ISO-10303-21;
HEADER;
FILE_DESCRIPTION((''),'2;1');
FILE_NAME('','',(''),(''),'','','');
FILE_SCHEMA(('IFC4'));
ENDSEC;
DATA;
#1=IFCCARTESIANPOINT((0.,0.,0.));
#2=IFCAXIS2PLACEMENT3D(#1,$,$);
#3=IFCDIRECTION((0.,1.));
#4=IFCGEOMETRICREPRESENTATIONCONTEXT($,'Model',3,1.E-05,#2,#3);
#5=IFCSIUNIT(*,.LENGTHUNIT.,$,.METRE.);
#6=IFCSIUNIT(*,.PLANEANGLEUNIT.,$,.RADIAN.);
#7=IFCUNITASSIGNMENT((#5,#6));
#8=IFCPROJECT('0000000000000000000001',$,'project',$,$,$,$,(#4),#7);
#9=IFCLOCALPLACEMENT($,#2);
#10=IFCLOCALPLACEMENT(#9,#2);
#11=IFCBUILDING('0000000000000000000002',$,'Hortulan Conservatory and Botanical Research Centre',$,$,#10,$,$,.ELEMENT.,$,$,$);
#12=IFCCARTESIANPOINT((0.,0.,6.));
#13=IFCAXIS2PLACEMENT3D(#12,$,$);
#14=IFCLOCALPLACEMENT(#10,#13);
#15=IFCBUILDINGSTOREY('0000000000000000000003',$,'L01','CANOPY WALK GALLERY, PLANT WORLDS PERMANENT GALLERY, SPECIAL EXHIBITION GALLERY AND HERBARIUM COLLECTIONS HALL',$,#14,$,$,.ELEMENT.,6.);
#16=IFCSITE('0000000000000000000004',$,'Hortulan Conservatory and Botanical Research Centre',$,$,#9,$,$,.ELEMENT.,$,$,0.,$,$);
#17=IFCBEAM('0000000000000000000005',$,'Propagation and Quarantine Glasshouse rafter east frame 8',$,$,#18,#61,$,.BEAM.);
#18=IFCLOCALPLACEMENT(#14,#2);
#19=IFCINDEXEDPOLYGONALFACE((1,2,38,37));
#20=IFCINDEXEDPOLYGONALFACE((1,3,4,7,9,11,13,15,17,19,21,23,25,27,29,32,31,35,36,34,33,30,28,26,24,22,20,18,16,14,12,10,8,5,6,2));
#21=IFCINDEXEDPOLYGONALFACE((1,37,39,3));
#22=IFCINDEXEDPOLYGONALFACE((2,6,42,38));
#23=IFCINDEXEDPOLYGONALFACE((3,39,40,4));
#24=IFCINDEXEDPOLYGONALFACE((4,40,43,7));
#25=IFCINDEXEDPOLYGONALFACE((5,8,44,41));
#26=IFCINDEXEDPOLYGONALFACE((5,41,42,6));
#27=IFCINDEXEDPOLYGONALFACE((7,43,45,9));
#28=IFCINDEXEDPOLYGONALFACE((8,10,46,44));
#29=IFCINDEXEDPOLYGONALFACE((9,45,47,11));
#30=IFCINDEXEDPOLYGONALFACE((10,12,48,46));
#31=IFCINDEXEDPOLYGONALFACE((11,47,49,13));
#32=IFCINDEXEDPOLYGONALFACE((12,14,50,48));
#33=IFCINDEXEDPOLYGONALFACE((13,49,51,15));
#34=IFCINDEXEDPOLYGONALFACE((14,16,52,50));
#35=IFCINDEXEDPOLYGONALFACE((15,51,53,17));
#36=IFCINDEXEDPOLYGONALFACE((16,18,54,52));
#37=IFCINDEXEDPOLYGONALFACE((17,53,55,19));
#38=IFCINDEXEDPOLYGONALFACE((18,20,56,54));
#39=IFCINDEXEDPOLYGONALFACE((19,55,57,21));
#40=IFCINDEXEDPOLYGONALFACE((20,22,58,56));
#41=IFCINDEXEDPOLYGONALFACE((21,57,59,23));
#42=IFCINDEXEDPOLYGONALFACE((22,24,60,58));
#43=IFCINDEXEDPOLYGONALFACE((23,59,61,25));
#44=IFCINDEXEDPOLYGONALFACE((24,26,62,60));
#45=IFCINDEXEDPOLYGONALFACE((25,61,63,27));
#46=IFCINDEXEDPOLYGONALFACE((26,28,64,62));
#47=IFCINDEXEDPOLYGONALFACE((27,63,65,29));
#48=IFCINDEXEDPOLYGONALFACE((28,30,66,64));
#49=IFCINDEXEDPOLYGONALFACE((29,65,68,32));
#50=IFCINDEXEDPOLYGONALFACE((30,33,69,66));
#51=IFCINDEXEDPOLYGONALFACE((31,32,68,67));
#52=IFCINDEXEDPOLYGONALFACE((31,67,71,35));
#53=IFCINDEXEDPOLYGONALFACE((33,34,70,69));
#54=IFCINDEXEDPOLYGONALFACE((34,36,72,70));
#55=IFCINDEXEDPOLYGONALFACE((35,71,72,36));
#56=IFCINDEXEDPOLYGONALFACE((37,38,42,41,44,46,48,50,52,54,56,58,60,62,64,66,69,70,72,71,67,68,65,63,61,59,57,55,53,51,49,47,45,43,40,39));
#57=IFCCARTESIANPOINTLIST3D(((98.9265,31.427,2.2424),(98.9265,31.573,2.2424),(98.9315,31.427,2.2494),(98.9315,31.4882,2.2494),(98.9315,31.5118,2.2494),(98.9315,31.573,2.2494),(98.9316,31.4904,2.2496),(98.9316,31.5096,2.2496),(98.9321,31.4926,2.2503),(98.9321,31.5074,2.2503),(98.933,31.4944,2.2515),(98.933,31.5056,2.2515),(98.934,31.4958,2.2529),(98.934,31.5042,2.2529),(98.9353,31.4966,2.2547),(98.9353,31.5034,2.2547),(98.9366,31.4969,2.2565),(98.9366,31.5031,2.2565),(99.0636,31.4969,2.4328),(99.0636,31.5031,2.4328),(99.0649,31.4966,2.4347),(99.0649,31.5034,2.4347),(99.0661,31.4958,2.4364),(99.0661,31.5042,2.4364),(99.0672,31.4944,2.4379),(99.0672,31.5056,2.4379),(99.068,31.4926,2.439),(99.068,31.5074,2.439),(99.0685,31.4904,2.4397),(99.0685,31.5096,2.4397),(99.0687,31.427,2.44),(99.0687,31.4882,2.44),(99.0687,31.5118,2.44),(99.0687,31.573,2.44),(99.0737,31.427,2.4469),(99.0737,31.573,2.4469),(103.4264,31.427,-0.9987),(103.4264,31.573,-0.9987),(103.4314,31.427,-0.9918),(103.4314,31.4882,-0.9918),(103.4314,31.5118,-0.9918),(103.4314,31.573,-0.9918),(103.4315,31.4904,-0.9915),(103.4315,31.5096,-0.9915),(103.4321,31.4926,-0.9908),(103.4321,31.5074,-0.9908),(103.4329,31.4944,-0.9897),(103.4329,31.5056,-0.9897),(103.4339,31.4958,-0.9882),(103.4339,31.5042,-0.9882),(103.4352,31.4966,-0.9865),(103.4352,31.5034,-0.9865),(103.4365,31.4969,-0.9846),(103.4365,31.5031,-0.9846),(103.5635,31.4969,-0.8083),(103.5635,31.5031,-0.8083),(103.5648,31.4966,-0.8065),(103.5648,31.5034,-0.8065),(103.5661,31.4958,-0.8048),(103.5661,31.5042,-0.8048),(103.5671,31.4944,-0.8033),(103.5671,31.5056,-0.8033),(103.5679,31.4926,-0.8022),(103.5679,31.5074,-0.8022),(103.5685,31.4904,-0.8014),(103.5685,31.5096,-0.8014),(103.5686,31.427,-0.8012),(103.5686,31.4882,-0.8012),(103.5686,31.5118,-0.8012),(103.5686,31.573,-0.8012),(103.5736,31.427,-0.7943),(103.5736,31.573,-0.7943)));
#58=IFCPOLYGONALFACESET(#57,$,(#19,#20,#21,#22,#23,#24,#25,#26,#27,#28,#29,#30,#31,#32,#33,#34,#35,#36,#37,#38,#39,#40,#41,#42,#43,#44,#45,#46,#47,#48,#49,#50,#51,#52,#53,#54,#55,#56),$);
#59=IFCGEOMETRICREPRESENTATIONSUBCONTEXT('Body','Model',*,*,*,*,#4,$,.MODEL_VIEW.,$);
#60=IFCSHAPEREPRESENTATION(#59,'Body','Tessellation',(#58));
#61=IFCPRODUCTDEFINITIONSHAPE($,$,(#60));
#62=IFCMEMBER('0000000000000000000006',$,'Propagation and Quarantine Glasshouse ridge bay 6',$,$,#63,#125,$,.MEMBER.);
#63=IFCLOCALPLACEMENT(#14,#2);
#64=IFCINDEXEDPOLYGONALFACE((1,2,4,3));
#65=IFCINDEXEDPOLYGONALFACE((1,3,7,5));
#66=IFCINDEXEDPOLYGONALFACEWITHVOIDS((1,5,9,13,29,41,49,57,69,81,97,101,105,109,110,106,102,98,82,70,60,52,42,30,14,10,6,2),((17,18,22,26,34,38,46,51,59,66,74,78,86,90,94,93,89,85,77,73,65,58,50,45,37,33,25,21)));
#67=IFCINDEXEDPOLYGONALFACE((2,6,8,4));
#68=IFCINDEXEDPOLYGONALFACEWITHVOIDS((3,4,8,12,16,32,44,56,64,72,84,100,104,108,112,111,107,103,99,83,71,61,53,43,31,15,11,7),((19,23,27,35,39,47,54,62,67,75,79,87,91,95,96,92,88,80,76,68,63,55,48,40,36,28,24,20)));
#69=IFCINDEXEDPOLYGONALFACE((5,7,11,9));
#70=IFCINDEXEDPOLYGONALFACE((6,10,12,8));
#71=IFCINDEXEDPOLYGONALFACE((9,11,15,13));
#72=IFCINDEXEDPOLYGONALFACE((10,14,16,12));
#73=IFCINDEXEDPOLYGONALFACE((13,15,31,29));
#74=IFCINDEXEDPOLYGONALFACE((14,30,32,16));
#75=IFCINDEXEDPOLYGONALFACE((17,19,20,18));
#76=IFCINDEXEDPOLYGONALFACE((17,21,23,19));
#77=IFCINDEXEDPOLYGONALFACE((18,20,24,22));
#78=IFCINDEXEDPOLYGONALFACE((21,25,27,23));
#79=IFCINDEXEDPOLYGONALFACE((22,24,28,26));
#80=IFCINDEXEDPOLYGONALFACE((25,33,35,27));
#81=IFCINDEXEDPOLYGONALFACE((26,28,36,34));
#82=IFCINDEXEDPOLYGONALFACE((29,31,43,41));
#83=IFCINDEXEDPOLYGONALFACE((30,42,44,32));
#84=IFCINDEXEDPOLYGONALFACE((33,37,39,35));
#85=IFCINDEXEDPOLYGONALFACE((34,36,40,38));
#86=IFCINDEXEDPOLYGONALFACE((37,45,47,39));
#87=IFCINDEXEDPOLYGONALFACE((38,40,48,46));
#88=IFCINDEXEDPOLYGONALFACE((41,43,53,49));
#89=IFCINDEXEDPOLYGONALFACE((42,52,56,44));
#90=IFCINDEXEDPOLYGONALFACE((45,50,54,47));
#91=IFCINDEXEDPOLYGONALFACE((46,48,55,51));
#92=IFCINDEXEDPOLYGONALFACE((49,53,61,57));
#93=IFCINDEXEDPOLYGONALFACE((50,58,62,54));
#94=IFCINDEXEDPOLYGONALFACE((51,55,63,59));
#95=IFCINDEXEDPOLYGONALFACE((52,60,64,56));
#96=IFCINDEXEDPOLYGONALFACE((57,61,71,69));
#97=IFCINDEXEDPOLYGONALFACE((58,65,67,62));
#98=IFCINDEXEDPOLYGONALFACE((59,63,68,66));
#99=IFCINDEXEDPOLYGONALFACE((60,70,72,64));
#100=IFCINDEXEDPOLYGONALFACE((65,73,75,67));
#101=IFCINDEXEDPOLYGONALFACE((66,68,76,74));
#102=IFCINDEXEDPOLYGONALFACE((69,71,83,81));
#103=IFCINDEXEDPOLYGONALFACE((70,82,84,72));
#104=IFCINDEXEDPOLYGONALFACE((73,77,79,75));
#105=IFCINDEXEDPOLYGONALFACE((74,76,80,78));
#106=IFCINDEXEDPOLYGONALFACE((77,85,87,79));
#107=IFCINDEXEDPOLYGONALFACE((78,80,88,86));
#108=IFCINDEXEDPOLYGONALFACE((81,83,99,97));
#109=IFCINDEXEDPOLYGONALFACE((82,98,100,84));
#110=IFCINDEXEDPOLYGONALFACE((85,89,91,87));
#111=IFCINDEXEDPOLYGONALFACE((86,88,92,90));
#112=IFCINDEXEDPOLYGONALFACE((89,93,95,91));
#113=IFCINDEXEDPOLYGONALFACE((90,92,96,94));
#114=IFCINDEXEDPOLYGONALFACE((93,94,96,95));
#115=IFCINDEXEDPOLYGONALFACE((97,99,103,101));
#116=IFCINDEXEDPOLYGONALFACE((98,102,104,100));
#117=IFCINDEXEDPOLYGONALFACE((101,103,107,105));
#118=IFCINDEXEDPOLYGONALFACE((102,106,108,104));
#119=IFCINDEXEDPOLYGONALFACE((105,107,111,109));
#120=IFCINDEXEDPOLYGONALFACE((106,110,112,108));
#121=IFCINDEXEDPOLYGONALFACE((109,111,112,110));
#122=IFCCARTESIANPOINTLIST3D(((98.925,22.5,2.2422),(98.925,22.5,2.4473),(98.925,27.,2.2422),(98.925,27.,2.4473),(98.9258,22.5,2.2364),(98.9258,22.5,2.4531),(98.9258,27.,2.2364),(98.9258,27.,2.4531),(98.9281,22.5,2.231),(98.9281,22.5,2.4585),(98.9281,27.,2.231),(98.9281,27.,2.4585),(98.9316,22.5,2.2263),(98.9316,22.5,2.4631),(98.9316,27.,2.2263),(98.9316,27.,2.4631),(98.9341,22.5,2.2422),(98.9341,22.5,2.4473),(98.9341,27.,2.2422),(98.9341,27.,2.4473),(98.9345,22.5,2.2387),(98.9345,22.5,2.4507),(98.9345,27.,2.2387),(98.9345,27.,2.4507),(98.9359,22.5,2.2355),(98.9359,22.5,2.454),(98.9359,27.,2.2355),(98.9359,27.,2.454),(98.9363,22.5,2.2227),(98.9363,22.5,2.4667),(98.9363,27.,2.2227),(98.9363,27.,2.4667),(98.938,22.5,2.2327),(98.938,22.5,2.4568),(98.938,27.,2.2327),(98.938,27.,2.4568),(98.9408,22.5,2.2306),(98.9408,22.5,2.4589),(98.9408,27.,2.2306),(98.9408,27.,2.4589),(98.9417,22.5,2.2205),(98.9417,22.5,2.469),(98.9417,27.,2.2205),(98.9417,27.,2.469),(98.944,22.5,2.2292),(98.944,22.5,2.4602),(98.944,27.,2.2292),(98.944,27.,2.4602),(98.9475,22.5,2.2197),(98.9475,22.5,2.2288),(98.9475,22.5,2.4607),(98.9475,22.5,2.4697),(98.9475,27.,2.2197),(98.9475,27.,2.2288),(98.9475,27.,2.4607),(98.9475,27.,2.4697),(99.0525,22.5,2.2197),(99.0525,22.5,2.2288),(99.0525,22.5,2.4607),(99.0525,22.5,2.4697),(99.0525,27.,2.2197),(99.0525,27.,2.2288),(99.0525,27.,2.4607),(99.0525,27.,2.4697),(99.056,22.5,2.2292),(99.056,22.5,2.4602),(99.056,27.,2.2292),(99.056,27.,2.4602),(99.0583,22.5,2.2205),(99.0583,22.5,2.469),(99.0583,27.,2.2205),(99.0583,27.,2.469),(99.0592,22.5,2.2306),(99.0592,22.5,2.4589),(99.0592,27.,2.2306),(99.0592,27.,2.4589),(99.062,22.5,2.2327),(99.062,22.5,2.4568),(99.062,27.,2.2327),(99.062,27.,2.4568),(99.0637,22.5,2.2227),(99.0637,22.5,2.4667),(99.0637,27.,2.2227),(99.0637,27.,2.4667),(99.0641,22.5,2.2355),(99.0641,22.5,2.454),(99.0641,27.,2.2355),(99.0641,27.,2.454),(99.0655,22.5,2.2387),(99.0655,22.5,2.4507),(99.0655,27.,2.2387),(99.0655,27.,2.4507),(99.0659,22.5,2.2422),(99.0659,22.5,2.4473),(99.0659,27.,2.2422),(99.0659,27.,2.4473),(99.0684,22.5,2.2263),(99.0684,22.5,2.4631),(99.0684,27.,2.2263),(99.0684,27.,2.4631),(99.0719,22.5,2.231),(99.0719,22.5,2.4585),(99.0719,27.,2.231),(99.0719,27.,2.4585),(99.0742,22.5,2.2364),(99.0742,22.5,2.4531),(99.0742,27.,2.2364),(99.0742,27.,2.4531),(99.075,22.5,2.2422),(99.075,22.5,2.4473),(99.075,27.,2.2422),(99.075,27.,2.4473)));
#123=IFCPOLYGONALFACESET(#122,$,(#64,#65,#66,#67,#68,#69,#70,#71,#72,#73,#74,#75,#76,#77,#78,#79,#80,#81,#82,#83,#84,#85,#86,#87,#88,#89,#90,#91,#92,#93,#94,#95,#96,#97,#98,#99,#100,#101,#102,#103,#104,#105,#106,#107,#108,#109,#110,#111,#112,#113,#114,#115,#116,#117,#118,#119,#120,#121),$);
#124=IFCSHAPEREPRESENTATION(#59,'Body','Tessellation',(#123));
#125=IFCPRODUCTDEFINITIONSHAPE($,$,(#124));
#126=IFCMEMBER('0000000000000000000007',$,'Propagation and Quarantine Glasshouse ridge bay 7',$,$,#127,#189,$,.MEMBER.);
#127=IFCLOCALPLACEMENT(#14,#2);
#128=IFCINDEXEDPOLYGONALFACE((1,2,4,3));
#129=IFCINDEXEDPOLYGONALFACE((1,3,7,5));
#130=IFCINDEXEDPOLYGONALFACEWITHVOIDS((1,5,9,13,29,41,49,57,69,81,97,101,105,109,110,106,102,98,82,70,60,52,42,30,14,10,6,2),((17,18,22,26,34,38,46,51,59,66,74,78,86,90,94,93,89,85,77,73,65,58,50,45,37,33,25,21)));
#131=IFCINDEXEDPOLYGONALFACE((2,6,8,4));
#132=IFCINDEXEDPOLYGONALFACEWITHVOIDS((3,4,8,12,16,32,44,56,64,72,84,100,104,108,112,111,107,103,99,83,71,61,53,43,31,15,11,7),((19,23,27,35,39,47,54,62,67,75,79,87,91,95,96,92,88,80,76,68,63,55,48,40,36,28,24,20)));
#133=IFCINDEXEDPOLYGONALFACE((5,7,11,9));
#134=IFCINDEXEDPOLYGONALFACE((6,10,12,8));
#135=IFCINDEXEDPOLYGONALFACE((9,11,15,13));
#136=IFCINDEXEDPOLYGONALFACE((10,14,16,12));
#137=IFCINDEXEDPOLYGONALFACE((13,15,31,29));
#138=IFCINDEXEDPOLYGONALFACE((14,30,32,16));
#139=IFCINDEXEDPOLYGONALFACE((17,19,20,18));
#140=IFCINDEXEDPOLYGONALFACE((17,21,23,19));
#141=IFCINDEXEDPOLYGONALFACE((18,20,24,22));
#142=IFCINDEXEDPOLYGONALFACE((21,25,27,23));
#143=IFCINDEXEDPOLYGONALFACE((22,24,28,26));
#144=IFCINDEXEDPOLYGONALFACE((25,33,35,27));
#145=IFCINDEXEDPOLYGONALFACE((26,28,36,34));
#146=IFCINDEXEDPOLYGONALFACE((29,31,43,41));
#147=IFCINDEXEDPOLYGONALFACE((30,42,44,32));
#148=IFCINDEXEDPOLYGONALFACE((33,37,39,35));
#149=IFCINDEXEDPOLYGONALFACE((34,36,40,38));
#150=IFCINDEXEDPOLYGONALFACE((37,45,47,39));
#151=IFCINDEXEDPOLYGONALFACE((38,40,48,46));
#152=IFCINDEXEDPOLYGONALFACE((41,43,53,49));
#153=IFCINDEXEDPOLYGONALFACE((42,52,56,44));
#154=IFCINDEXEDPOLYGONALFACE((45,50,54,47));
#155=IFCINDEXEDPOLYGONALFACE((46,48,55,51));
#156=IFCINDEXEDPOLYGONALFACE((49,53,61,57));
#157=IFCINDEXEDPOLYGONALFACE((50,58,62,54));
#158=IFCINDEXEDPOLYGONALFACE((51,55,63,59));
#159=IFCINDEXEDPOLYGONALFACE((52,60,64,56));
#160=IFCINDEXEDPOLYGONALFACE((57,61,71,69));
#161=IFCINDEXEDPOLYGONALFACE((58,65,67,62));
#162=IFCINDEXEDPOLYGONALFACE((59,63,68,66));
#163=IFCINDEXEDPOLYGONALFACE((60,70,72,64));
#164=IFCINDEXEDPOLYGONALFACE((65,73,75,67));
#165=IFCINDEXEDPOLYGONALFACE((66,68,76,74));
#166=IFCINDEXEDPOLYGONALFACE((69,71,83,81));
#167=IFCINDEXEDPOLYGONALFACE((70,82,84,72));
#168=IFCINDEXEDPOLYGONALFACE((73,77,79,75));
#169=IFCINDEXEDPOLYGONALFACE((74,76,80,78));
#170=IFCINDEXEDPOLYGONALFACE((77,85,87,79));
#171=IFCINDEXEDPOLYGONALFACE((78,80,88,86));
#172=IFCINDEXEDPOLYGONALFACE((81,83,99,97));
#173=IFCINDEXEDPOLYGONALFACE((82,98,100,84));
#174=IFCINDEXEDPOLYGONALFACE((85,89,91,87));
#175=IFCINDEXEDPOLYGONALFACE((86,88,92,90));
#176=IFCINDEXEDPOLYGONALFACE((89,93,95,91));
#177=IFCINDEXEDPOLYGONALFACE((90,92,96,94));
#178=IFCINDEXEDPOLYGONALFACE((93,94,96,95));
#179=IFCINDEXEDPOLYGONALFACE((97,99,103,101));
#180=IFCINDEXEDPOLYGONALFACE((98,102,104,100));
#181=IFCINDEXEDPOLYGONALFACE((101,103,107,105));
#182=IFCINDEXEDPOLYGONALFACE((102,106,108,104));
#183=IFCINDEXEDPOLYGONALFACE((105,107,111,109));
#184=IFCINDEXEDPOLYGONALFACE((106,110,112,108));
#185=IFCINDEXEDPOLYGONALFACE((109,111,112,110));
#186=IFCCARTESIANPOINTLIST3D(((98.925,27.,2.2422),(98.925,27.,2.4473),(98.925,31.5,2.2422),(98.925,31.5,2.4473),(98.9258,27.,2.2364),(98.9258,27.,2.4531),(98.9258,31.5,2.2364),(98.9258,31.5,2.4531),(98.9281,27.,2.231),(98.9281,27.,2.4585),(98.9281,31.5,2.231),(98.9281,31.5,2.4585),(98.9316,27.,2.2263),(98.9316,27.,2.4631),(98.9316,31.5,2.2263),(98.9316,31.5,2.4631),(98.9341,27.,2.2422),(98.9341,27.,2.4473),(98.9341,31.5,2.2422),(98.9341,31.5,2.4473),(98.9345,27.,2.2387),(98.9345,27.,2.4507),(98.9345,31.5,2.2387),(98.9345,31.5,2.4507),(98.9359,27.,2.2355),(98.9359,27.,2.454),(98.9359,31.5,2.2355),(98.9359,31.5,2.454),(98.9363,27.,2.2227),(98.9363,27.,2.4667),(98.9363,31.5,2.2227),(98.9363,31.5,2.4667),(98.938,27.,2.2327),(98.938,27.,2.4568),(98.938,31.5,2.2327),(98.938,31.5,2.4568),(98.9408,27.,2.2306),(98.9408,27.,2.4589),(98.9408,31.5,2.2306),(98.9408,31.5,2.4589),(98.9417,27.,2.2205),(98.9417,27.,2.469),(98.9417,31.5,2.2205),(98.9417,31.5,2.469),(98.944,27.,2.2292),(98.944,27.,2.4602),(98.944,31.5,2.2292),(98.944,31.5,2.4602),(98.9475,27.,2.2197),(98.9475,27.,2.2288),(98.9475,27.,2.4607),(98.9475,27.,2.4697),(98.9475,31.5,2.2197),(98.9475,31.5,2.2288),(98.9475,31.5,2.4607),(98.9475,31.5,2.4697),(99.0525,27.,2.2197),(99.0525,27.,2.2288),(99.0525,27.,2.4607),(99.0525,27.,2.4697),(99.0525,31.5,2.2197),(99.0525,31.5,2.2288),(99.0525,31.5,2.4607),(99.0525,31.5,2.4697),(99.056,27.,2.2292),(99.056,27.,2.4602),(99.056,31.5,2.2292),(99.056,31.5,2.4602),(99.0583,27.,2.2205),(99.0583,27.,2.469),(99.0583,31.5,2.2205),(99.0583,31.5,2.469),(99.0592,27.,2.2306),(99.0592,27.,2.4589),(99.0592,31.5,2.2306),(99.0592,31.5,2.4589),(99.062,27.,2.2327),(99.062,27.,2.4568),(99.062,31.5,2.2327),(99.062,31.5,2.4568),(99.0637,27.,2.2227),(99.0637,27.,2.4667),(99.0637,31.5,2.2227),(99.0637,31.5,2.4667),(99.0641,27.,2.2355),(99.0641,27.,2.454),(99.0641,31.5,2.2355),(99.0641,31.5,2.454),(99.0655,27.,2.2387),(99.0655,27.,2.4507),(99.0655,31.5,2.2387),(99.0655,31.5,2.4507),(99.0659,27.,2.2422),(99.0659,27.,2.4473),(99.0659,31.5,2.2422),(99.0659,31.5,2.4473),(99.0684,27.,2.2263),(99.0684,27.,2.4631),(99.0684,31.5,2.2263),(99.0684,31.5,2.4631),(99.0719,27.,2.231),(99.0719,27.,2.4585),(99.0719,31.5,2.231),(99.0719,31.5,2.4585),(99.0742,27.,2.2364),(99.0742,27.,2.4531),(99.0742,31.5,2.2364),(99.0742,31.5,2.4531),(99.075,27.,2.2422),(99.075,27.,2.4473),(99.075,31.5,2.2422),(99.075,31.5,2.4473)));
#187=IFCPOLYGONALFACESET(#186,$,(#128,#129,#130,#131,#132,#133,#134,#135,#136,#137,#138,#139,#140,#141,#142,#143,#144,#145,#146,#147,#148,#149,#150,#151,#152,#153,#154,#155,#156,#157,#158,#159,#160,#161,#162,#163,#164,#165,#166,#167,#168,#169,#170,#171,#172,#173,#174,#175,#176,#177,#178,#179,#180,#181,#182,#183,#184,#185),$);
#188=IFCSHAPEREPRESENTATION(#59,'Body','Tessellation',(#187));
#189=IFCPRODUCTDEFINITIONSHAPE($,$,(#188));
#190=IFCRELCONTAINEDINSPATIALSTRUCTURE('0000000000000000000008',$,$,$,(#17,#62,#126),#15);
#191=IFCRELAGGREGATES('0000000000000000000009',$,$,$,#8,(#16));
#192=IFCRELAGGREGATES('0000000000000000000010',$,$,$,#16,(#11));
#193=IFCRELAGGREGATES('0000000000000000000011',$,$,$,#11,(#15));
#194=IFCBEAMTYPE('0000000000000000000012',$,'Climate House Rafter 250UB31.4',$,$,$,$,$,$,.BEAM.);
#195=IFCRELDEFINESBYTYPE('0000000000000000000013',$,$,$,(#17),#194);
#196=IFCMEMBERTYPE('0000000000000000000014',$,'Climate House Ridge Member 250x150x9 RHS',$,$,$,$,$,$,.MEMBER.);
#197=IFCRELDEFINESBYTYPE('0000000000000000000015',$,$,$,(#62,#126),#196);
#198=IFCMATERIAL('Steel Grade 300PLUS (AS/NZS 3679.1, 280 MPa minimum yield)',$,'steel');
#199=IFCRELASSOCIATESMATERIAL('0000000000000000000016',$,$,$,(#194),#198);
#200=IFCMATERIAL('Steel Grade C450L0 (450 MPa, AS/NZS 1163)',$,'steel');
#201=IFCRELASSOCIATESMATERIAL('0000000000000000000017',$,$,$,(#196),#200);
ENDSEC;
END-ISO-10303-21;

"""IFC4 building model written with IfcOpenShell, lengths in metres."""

from ifc_helpers import new_model, si_unit, direction, frame, origin, origin_2d, place, context, subcontext, project, spatial, hollow_rectangle, i_section, extrude, material, material_profile, profile_set, type_object, element, save


model = new_model("IFC4")

# Units and contexts
model_context = context("Model", 3, precision=1e-05, world=origin(), true_north=direction((0.0, 1.0)))
body_context = subcontext(model_context, "Body", "Model", "MODEL_VIEW")
ifc_project = project(units=[si_unit("LENGTHUNIT", "METRE"), si_unit("PLANEANGLEUNIT", "RADIAN")], contexts=[model_context])

# Site, building, storey
site_placement = place(None, origin())
site = spatial("IfcSite", under=ifc_project, at=site_placement, Name="Hortulan Conservatory and Botanical Research Centre", CompositionType="ELEMENT", RefElevation=0.0)
building_placement = place(site_placement, origin())
building = spatial("IfcBuilding", under=site, at=building_placement, Name="Hortulan Conservatory and Botanical Research Centre", CompositionType="ELEMENT")
storey_placement = place(building_placement, frame((0.0, 0.0, 6.0)))
storey = spatial("IfcBuildingStorey", under=building, at=storey_placement, Name="L01", Description="CANOPY WALK GALLERY, PLANT WORLDS PERMANENT GALLERY, SPECIAL EXHIBITION GALLERY AND HERBARIUM COLLECTIONS HALL", CompositionType="ELEMENT", Elevation=6.0)

# Shared definitions
ifc_material_1 = material(Name="Steel Grade 300PLUS (AS/NZS 3679.1, 280 MPa minimum yield)", Category="steel")

# Shared definitions
ifc_material_2 = material(Name="Steel Grade C450L0 (450 MPa, AS/NZS 1163)", Category="steel")

# Beam
ifc_material_profile_1 = material_profile(ifc_material_1, i_section(OverallWidth=0.146, OverallDepth=0.252, WebThickness=0.0061, FlangeThickness=0.0085, FilletRadius=0.0088, at=origin_2d()), Name="250UB31.4")
ifc_profile_set_1 = profile_set([ifc_material_profile_1], Name="Steel Grade 300PLUS (AS/NZS 3679.1, 280 MPa minimum yield)")
beam_type_1 = type_object("IfcBeamType", Name="Climate House Rafter 250UB31.4", PredefinedType="BEAM", material=ifc_profile_set_1)
for number, where, z_axis, x_axis, name in (
    (1, (103.5, 31.5, -0.8965), (-0.811431, 0.0, 0.584449), (0.0, -1.0, 0.0), "Propagation and Quarantine Glasshouse rafter east frame 8"),
):
    element("IfcBeam", number, at=place(storey_placement, frame(where, z_axis=z_axis, x_axis=x_axis)), inside=storey, type_object=beam_type_1, Name=name, PredefinedType="BEAM", context=body_context, shape_type="SweptSolid", body=[
        extrude(i_section(OverallWidth=0.146, OverallDepth=0.252, WebThickness=0.0061, FlangeThickness=0.0085, FilletRadius=0.0088, at=origin_2d()), origin(), (0.0, 0.0, 1.0), 5.5457),
    ])

# Members
ifc_material_profile_2 = material_profile(ifc_material_2, hollow_rectangle(XDim=0.1499, YDim=0.25, WallThickness=0.009, InnerFilletRadius=0.0134, OuterFilletRadius=0.0225, at=origin_2d()), Name="250x150x9RHS")
ifc_profile_set_2 = profile_set([ifc_material_profile_2], Name="Steel Grade C450L0 (450 MPa, AS/NZS 1163)")
member_type_1 = type_object("IfcMemberType", Name="Climate House Ridge Member 250x150x9 RHS", PredefinedType="MEMBER", material=ifc_profile_set_2)
for number, where, z_axis, x_axis, name in (
    (2, (99.0, 22.5, 2.3447), (0.0, 1.0, 0.0), (-1.0, 0.0, 0.0), "Propagation and Quarantine Glasshouse ridge bay 6"),
    (3, (99.0, 27.0, 2.3447), (0.0, 1.0, 0.0), (-1.0, 0.0, 0.0), "Propagation and Quarantine Glasshouse ridge bay 7"),
):
    element("IfcMember", number, at=place(storey_placement, frame(where, z_axis=z_axis, x_axis=x_axis)), inside=storey, type_object=member_type_1, Name=name, PredefinedType="MEMBER", context=body_context, shape_type="SweptSolid", body=[
        extrude(hollow_rectangle(XDim=0.1499, YDim=0.25, WallThickness=0.009, InnerFilletRadius=0.0134, OuterFilletRadius=0.0225, at=origin_2d()), origin(), (0.0, 0.0, 1.0), 4.5),
    ])

save(model, "model.ifc")
